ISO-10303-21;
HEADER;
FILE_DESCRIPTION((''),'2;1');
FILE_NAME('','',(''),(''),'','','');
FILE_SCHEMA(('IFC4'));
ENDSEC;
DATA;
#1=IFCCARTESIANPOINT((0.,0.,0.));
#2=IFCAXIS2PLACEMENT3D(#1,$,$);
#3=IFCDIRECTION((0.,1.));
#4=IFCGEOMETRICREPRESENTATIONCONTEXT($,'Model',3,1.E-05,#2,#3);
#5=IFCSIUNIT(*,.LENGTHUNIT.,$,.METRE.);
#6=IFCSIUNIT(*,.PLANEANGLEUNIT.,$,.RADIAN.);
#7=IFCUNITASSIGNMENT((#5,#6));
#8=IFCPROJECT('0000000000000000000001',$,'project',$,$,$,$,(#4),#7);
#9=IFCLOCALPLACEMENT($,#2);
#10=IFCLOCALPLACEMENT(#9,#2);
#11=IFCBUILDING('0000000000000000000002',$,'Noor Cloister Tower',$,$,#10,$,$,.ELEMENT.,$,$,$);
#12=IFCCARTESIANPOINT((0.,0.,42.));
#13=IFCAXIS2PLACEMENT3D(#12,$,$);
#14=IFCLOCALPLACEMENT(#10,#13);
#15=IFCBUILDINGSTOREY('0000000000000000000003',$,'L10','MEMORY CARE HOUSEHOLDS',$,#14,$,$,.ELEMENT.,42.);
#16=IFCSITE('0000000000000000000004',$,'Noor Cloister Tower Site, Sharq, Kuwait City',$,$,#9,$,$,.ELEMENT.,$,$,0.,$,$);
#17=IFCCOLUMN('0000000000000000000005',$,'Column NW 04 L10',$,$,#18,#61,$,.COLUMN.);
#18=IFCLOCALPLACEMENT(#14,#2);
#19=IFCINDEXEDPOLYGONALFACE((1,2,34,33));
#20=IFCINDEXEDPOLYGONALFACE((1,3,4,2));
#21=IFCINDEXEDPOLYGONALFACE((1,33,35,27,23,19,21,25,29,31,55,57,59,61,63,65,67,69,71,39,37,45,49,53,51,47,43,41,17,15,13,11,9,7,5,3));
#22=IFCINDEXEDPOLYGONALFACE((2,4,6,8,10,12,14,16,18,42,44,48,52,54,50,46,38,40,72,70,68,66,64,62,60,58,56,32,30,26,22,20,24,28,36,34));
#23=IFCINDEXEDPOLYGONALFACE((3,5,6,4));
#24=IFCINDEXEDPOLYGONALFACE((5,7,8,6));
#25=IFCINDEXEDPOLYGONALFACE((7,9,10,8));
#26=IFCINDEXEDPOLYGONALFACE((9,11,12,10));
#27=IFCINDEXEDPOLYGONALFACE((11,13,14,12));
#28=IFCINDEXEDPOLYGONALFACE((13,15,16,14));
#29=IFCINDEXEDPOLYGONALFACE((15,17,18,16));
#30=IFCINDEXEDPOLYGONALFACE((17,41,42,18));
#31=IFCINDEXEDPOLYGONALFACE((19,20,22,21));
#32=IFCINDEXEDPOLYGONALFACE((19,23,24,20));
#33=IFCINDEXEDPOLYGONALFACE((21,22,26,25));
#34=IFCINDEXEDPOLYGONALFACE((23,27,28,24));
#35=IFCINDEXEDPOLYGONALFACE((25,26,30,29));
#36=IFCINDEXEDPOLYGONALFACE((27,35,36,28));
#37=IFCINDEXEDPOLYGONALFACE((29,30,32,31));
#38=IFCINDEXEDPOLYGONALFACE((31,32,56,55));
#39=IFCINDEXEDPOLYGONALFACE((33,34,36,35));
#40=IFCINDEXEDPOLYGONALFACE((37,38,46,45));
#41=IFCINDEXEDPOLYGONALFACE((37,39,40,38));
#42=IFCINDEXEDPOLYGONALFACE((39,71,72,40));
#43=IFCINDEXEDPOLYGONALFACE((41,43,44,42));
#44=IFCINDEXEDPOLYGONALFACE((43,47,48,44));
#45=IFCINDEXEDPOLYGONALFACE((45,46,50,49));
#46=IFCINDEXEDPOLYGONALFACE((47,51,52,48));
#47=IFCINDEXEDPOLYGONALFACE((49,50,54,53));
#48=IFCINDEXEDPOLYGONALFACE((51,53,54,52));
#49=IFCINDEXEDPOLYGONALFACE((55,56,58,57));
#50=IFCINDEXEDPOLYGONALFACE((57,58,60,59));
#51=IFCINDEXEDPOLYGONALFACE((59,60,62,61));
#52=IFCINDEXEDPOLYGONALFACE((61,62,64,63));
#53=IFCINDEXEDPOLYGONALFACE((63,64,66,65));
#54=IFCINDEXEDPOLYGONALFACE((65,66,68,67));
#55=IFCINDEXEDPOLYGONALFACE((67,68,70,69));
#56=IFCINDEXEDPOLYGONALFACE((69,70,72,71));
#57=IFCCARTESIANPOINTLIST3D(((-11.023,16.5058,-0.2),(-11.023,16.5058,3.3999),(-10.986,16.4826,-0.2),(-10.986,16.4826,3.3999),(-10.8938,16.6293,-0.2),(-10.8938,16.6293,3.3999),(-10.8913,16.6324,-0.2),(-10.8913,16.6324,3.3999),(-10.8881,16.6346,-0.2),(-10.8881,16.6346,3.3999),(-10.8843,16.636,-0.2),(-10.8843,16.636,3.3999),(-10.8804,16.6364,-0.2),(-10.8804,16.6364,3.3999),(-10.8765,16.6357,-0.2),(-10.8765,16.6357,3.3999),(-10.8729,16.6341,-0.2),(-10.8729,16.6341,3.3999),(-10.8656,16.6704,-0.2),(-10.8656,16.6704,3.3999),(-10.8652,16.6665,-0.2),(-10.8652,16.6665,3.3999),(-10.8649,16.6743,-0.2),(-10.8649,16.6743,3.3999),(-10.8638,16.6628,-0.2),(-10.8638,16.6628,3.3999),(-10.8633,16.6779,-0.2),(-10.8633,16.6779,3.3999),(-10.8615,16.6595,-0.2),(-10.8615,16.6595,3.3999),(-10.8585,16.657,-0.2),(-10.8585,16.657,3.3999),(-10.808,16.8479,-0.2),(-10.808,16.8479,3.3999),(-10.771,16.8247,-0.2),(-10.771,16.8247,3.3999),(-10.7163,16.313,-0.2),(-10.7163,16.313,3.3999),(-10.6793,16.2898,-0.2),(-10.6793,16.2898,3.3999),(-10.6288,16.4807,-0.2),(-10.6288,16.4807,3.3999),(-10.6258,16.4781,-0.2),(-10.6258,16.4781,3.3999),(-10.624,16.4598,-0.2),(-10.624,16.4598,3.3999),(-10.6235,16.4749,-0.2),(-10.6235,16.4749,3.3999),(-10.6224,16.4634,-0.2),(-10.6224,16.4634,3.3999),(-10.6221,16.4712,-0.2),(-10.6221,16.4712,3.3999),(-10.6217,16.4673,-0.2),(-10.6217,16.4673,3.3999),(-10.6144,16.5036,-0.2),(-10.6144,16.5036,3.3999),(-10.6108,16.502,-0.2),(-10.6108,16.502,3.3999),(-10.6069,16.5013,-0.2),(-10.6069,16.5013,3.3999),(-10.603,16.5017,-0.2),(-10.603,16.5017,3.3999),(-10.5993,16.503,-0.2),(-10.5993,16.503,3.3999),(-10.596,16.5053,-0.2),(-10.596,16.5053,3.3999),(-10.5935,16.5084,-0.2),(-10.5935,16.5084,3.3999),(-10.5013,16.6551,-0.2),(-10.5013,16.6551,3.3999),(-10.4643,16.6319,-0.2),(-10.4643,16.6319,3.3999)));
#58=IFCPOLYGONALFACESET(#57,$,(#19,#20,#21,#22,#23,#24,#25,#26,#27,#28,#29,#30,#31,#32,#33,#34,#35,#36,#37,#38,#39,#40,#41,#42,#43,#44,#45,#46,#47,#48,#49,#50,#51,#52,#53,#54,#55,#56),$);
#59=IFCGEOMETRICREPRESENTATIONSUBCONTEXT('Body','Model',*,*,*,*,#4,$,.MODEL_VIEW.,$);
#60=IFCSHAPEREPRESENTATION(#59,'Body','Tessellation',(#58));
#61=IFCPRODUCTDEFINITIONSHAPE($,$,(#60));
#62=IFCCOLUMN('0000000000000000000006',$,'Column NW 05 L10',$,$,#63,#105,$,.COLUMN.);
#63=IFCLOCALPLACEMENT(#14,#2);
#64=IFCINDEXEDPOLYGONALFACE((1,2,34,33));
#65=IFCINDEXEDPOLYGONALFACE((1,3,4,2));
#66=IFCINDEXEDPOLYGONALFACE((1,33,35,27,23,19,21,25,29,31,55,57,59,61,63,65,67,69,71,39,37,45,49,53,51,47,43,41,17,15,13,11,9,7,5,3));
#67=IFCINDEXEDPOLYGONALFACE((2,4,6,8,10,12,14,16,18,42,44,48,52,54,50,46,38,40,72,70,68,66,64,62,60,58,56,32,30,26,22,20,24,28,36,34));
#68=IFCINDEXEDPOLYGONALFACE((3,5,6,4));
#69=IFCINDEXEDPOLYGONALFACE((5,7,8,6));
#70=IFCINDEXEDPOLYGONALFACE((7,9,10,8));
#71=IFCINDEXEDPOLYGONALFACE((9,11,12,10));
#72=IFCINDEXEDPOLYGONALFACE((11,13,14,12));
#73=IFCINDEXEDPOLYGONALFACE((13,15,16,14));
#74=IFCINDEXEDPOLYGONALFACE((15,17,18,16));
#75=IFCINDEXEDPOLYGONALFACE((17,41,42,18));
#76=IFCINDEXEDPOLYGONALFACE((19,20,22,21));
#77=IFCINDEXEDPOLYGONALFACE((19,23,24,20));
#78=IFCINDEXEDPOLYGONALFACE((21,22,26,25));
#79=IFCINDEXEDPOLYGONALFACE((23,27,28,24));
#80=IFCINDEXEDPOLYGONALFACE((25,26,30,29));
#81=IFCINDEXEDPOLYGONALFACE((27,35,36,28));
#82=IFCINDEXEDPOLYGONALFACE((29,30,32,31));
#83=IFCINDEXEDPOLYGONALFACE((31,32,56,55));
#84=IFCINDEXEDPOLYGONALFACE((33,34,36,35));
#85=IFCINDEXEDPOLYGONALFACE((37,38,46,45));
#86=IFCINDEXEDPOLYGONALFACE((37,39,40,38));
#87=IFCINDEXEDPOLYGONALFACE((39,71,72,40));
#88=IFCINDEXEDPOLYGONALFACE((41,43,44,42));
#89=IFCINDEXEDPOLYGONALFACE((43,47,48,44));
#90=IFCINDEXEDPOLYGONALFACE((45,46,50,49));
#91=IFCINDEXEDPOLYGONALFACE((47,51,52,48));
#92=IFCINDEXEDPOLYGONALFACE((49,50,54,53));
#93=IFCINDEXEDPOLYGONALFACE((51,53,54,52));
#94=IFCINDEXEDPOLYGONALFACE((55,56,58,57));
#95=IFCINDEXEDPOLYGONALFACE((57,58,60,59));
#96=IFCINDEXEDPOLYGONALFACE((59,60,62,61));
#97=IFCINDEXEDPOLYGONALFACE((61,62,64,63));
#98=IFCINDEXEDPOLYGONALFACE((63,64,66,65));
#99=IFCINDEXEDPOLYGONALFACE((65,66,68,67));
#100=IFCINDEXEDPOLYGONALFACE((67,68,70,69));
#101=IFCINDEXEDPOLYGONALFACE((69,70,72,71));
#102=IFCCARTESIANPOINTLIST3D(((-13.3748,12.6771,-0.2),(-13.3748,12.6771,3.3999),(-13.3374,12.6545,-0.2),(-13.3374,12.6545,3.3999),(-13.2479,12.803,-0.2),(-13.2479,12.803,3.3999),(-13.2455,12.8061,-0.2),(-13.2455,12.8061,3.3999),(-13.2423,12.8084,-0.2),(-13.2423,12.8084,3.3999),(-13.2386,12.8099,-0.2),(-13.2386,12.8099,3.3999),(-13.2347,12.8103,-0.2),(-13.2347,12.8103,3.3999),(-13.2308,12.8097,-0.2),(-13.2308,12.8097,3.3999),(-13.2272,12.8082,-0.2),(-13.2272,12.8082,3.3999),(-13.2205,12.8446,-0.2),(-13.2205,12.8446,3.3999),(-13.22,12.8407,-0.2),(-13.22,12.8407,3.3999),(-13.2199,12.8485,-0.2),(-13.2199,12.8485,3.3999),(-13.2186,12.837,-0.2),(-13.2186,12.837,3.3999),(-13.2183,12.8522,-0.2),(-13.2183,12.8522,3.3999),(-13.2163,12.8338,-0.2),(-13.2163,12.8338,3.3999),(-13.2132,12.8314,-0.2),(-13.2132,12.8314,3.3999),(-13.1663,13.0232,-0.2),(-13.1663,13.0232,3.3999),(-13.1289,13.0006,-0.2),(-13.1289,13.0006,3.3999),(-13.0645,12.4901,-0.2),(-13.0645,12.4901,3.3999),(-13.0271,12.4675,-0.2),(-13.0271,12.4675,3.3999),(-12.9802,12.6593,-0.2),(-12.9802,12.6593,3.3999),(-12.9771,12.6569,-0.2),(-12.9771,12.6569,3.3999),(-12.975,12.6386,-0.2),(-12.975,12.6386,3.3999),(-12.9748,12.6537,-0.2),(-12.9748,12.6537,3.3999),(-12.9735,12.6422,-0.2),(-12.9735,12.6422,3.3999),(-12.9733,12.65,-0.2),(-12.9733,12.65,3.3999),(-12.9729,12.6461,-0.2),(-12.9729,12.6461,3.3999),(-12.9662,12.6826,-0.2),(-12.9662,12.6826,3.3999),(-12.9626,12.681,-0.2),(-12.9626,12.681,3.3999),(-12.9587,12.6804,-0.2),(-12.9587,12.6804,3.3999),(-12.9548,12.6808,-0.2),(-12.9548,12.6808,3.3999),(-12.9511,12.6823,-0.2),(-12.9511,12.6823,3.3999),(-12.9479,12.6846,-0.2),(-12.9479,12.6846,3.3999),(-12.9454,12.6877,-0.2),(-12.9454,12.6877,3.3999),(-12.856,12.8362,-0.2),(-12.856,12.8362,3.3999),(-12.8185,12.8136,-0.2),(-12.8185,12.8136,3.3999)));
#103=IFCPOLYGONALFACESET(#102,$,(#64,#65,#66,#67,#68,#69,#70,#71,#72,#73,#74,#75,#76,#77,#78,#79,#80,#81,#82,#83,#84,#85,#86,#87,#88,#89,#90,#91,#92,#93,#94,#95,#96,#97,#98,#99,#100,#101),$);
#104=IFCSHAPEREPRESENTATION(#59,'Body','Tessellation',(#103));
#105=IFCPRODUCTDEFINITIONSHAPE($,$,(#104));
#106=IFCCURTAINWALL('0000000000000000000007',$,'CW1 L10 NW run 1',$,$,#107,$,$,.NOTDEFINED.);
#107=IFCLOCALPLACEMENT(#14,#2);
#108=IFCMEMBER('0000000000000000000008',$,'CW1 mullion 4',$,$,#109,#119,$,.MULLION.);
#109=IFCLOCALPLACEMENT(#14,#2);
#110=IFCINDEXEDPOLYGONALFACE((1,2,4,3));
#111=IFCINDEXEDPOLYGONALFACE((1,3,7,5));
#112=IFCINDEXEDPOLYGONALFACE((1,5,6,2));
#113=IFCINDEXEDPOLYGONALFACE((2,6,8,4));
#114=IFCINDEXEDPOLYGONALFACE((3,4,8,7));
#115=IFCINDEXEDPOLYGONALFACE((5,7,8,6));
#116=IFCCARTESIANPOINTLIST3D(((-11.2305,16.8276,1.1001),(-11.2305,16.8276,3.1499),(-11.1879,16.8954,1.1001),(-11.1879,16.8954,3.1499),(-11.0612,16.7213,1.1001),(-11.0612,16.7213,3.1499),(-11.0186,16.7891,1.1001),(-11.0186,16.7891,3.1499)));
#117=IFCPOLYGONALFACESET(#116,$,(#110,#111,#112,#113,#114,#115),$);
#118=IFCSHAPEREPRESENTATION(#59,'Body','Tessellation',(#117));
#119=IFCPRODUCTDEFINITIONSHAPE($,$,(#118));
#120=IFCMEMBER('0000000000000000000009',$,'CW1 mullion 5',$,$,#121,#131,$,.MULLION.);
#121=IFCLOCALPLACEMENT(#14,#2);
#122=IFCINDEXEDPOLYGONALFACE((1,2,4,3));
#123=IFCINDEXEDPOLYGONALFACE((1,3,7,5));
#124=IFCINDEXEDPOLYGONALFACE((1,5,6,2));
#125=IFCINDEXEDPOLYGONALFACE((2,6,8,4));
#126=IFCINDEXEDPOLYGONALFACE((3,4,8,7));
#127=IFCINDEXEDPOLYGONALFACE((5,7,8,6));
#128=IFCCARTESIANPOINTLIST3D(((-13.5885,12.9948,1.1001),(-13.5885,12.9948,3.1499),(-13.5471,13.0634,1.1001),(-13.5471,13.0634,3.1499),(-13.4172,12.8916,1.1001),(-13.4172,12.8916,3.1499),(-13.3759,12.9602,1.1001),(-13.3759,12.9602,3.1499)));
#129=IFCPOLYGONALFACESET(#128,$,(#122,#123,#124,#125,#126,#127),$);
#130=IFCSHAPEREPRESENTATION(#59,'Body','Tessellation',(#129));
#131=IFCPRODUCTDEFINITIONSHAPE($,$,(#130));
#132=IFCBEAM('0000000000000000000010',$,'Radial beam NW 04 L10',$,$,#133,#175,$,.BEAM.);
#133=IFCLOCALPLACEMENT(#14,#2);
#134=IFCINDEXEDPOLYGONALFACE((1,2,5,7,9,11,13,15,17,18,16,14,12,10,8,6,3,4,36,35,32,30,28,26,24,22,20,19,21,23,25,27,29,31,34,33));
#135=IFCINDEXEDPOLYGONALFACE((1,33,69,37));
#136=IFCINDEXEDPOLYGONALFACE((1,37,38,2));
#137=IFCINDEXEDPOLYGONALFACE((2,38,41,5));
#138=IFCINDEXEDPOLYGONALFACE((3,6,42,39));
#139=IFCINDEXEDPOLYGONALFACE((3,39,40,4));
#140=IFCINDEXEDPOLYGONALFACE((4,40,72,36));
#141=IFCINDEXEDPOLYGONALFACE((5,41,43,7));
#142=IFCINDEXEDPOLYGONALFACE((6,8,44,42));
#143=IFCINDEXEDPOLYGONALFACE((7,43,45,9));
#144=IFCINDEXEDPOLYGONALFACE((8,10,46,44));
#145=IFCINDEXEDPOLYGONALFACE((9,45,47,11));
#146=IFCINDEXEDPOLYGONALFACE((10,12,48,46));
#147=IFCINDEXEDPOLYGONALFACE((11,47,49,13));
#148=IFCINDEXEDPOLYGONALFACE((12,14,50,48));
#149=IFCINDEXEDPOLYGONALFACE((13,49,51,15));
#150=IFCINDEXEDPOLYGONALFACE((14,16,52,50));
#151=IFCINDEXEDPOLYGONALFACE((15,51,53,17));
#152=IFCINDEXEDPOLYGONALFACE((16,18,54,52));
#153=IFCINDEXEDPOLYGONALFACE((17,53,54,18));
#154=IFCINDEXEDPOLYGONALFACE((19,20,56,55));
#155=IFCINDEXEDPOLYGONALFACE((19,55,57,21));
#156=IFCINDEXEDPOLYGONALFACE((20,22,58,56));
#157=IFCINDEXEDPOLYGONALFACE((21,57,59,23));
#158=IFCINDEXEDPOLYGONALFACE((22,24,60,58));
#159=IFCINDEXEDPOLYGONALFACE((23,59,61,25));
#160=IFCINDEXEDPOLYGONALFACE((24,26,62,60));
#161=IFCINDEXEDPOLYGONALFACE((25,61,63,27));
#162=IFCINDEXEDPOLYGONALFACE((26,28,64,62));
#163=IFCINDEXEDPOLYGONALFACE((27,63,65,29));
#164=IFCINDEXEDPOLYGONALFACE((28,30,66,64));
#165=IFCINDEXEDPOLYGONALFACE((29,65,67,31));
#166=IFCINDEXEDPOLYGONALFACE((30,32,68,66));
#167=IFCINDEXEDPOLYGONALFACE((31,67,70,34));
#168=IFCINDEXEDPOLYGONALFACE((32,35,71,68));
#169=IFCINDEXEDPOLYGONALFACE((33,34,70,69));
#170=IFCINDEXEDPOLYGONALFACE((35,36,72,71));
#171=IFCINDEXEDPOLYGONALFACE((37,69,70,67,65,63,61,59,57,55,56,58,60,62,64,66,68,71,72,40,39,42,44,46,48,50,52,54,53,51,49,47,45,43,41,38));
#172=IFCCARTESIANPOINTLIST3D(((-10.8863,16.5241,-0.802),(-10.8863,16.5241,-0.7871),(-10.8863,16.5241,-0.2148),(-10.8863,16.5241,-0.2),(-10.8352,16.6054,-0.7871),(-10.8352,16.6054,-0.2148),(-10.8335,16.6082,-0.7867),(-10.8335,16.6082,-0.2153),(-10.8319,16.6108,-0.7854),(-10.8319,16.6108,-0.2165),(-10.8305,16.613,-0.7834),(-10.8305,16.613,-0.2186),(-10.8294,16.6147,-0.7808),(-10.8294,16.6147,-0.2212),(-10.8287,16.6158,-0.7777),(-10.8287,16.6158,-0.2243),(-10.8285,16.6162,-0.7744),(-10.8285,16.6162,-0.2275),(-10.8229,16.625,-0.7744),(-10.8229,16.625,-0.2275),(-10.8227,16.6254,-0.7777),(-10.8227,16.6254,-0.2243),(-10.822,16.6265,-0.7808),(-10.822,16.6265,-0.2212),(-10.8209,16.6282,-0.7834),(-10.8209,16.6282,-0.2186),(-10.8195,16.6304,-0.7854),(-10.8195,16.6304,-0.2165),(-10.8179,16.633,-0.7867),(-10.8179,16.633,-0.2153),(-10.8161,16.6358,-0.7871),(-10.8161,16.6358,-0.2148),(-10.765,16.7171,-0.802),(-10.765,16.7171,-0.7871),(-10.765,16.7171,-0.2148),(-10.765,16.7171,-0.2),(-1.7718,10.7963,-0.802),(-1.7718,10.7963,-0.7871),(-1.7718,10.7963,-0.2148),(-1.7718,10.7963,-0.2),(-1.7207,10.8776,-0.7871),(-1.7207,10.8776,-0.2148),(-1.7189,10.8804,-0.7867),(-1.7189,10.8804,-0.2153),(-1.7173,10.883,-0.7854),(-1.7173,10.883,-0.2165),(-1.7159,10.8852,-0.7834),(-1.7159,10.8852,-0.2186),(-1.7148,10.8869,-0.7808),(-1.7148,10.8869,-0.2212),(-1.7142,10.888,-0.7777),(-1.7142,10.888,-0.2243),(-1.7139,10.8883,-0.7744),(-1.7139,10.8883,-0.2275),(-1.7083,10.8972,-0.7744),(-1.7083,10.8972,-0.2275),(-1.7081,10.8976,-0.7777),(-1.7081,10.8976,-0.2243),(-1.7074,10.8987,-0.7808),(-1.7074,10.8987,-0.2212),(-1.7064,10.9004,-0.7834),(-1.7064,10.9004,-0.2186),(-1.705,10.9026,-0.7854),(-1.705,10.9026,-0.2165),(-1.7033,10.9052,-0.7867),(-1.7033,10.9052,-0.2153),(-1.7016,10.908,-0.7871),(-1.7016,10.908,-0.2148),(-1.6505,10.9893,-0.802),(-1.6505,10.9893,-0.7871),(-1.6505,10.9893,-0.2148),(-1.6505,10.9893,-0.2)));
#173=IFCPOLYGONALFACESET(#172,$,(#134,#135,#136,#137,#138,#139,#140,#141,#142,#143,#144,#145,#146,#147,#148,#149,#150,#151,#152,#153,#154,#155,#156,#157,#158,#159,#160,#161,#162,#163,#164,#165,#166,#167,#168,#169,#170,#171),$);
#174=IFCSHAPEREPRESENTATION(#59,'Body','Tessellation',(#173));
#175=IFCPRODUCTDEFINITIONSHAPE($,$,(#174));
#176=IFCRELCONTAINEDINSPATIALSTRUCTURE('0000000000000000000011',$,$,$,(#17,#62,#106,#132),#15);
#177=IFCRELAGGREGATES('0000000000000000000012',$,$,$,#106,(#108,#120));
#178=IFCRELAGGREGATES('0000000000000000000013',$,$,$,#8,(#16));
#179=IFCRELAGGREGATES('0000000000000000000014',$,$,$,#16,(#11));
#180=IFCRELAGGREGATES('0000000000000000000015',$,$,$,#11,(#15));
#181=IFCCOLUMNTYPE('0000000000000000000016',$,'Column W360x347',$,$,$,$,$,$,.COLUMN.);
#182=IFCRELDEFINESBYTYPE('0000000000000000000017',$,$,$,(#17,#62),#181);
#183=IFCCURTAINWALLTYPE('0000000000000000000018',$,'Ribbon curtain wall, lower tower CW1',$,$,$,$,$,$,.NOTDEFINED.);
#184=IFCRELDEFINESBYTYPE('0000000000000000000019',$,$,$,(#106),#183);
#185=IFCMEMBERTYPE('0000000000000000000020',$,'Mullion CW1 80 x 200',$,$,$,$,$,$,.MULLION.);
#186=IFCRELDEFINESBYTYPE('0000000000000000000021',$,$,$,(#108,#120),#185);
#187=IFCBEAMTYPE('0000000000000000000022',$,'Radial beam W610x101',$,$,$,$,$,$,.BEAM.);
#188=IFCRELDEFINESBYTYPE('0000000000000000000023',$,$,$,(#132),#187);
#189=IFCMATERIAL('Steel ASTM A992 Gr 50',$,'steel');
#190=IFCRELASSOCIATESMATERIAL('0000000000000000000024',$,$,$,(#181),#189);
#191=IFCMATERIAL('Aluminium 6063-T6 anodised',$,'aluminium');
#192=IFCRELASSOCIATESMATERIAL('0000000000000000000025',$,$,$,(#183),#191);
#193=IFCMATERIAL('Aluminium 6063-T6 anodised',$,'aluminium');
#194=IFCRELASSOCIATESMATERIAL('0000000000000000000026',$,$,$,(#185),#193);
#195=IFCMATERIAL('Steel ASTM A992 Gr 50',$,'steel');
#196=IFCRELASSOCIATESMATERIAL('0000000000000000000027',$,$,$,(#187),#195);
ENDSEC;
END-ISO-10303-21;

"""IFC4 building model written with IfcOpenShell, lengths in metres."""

from ifc_helpers import new_model, si_unit, direction, frame, origin, origin_2d, place, context, subcontext, project, spatial, rectangle, i_section, extrude, material, material_profile, profile_set, type_object, element, aggregate, save


model = new_model("IFC4")

# Units and contexts
model_context = context("Model", 3, precision=1e-05, world=origin(), true_north=direction((0.0, 1.0)))
body_context = subcontext(model_context, "Body", "Model", "MODEL_VIEW")
ifc_project = project(units=[si_unit("LENGTHUNIT", "METRE"), si_unit("PLANEANGLEUNIT", "RADIAN")], contexts=[model_context])

# Site, building, storey
site_placement = place(None, origin())
site = spatial("IfcSite", under=ifc_project, at=site_placement, Name="Noor Cloister Tower Site, Sharq, Kuwait City", CompositionType="ELEMENT", RefElevation=0.0)
building_placement = place(site_placement, origin())
building = spatial("IfcBuilding", under=site, at=building_placement, Name="Noor Cloister Tower", CompositionType="ELEMENT")
storey_placement = place(building_placement, frame((0.0, 0.0, 42.0)))
storey = spatial("IfcBuildingStorey", under=building, at=storey_placement, Name="L10", Description="MEMORY CARE HOUSEHOLDS", CompositionType="ELEMENT", Elevation=42.0)

# Columns
ifc_material_1 = material(Name="Steel ASTM A992 Gr 50", Category="steel")
ifc_material_profile_1 = material_profile(ifc_material_1, i_section(OverallWidth=0.4041, OverallDepth=0.406, WebThickness=0.0271, FlangeThickness=0.0437, FilletRadius=0.0151, at=origin_2d()), Name="W360x347")
ifc_profile_set_1 = profile_set([ifc_material_profile_1], Name="Steel ASTM A992 Gr 50")
column_type = type_object("IfcColumnType", Name="Column W360x347", PredefinedType="COLUMN", material=ifc_profile_set_1)
for number, where, z_axis, x_axis, name in (
    (1, (-10.7437, 16.5688, -0.2), (0.0, 0.0, 1.0), (-0.532079, -0.846695, 0.0), "Column NW 04 L10"),
    (2, (-13.0967, 12.7454, -0.2), (0.0, 0.0, 1.0), (-0.51613, -0.85651, 0.0), "Column NW 05 L10"),
):
    element("IfcColumn", number, at=place(storey_placement, frame(where, z_axis=z_axis, x_axis=x_axis)), inside=storey, type_object=column_type, Name=name, PredefinedType="COLUMN", context=body_context, shape_type="SweptSolid", body=[
        extrude(i_section(OverallWidth=0.4041, OverallDepth=0.406, WebThickness=0.0271, FlangeThickness=0.0437, FilletRadius=0.0151, at=origin_2d()), origin(), (0.0, 0.0, 1.0), 3.5999),
    ])

# Curtain wall, members
ifc_material_2 = material(Name="Aluminium 6063-T6 anodised", Category="aluminium")
curtain_wall_type = type_object("IfcCurtainWallType", Name="Ribbon curtain wall, lower tower CW1", PredefinedType="NOTDEFINED", material=ifc_material_2)
curtain_wall_placement = place(storey_placement, origin())
curtain_wall = element("IfcCurtainWall", 3, at=curtain_wall_placement, inside=storey, type_object=curtain_wall_type, Name="CW1 L10 NW run 1", PredefinedType="NOTDEFINED")
ifc_material_3 = material(Name="Aluminium 6063-T6 anodised", Category="aluminium")
ifc_material_profile_2 = material_profile(ifc_material_3, rectangle(XDim=0.2, YDim=0.0801, at=origin_2d()), Name="200 x 80 mullion")
ifc_profile_set_2 = profile_set([ifc_material_profile_2], Name="Aluminium 6063-T6 anodised")
member_type = type_object("IfcMemberType", Name="Mullion CW1 80 x 200", PredefinedType="MULLION", material=ifc_profile_set_2)
member_1_placement = place(storey_placement, frame((-11.1245, 16.8083, 1.1001), z_axis=(0.0, 0.0, 1.0), x_axis=(0.846695, -0.532079, 0.0)))
member_1 = element("IfcMember", 4, at=member_1_placement, type_object=member_type, Name="CW1 mullion 4", PredefinedType="MULLION", context=body_context, shape_type="SweptSolid", body=[
    extrude(rectangle(XDim=0.2, YDim=0.0801, at=origin_2d()), origin(), (0.0, 0.0, 1.0), 2.0498),
])
member_2_placement = place(storey_placement, frame((-13.4822, 12.9775, 1.1001), z_axis=(0.0, 0.0, 1.0), x_axis=(0.85651, -0.51613, 0.0)))
member_2 = element("IfcMember", 5, at=member_2_placement, type_object=member_type, Name="CW1 mullion 5", PredefinedType="MULLION", context=body_context, shape_type="SweptSolid", body=[
    extrude(rectangle(XDim=0.2, YDim=0.0801, at=origin_2d()), origin(), (0.0, 0.0, 1.0), 2.0498),
])

# Beam
ifc_material_4 = material(Name="Steel ASTM A992 Gr 50", Category="steel")
ifc_material_profile_3 = material_profile(ifc_material_4, i_section(OverallWidth=0.228, OverallDepth=0.6021, WebThickness=0.0105, FlangeThickness=0.0149, FilletRadius=0.0127, at=origin_2d()), Name="W610x101")
ifc_profile_set_3 = profile_set([ifc_material_profile_3], Name="Steel ASTM A992 Gr 50")
beam_type_1 = type_object("IfcBeamType", Name="Radial beam W610x101", PredefinedType="BEAM", material=ifc_profile_set_3)
beam_1_placement = place(storey_placement, frame((-10.8257, 16.6206, -0.501), z_axis=(0.846692, -0.532083, 0.0), x_axis=(0.532083, 0.846692, 0.0)))
element("IfcBeam", 6, at=beam_1_placement, inside=storey, type_object=beam_type_1, Name="Radial beam NW 04 L10", PredefinedType="BEAM", context=body_context, shape_type="SweptSolid", body=[
    extrude(i_section(OverallWidth=0.228, OverallDepth=0.6021, WebThickness=0.0105, FlangeThickness=0.0149, FilletRadius=0.0127, at=origin_2d()), origin(), (0.0, 0.0, 1.0), 10.7649),
])

aggregate(curtain_wall, [member_1, member_2])

save(model, "model.ifc")
